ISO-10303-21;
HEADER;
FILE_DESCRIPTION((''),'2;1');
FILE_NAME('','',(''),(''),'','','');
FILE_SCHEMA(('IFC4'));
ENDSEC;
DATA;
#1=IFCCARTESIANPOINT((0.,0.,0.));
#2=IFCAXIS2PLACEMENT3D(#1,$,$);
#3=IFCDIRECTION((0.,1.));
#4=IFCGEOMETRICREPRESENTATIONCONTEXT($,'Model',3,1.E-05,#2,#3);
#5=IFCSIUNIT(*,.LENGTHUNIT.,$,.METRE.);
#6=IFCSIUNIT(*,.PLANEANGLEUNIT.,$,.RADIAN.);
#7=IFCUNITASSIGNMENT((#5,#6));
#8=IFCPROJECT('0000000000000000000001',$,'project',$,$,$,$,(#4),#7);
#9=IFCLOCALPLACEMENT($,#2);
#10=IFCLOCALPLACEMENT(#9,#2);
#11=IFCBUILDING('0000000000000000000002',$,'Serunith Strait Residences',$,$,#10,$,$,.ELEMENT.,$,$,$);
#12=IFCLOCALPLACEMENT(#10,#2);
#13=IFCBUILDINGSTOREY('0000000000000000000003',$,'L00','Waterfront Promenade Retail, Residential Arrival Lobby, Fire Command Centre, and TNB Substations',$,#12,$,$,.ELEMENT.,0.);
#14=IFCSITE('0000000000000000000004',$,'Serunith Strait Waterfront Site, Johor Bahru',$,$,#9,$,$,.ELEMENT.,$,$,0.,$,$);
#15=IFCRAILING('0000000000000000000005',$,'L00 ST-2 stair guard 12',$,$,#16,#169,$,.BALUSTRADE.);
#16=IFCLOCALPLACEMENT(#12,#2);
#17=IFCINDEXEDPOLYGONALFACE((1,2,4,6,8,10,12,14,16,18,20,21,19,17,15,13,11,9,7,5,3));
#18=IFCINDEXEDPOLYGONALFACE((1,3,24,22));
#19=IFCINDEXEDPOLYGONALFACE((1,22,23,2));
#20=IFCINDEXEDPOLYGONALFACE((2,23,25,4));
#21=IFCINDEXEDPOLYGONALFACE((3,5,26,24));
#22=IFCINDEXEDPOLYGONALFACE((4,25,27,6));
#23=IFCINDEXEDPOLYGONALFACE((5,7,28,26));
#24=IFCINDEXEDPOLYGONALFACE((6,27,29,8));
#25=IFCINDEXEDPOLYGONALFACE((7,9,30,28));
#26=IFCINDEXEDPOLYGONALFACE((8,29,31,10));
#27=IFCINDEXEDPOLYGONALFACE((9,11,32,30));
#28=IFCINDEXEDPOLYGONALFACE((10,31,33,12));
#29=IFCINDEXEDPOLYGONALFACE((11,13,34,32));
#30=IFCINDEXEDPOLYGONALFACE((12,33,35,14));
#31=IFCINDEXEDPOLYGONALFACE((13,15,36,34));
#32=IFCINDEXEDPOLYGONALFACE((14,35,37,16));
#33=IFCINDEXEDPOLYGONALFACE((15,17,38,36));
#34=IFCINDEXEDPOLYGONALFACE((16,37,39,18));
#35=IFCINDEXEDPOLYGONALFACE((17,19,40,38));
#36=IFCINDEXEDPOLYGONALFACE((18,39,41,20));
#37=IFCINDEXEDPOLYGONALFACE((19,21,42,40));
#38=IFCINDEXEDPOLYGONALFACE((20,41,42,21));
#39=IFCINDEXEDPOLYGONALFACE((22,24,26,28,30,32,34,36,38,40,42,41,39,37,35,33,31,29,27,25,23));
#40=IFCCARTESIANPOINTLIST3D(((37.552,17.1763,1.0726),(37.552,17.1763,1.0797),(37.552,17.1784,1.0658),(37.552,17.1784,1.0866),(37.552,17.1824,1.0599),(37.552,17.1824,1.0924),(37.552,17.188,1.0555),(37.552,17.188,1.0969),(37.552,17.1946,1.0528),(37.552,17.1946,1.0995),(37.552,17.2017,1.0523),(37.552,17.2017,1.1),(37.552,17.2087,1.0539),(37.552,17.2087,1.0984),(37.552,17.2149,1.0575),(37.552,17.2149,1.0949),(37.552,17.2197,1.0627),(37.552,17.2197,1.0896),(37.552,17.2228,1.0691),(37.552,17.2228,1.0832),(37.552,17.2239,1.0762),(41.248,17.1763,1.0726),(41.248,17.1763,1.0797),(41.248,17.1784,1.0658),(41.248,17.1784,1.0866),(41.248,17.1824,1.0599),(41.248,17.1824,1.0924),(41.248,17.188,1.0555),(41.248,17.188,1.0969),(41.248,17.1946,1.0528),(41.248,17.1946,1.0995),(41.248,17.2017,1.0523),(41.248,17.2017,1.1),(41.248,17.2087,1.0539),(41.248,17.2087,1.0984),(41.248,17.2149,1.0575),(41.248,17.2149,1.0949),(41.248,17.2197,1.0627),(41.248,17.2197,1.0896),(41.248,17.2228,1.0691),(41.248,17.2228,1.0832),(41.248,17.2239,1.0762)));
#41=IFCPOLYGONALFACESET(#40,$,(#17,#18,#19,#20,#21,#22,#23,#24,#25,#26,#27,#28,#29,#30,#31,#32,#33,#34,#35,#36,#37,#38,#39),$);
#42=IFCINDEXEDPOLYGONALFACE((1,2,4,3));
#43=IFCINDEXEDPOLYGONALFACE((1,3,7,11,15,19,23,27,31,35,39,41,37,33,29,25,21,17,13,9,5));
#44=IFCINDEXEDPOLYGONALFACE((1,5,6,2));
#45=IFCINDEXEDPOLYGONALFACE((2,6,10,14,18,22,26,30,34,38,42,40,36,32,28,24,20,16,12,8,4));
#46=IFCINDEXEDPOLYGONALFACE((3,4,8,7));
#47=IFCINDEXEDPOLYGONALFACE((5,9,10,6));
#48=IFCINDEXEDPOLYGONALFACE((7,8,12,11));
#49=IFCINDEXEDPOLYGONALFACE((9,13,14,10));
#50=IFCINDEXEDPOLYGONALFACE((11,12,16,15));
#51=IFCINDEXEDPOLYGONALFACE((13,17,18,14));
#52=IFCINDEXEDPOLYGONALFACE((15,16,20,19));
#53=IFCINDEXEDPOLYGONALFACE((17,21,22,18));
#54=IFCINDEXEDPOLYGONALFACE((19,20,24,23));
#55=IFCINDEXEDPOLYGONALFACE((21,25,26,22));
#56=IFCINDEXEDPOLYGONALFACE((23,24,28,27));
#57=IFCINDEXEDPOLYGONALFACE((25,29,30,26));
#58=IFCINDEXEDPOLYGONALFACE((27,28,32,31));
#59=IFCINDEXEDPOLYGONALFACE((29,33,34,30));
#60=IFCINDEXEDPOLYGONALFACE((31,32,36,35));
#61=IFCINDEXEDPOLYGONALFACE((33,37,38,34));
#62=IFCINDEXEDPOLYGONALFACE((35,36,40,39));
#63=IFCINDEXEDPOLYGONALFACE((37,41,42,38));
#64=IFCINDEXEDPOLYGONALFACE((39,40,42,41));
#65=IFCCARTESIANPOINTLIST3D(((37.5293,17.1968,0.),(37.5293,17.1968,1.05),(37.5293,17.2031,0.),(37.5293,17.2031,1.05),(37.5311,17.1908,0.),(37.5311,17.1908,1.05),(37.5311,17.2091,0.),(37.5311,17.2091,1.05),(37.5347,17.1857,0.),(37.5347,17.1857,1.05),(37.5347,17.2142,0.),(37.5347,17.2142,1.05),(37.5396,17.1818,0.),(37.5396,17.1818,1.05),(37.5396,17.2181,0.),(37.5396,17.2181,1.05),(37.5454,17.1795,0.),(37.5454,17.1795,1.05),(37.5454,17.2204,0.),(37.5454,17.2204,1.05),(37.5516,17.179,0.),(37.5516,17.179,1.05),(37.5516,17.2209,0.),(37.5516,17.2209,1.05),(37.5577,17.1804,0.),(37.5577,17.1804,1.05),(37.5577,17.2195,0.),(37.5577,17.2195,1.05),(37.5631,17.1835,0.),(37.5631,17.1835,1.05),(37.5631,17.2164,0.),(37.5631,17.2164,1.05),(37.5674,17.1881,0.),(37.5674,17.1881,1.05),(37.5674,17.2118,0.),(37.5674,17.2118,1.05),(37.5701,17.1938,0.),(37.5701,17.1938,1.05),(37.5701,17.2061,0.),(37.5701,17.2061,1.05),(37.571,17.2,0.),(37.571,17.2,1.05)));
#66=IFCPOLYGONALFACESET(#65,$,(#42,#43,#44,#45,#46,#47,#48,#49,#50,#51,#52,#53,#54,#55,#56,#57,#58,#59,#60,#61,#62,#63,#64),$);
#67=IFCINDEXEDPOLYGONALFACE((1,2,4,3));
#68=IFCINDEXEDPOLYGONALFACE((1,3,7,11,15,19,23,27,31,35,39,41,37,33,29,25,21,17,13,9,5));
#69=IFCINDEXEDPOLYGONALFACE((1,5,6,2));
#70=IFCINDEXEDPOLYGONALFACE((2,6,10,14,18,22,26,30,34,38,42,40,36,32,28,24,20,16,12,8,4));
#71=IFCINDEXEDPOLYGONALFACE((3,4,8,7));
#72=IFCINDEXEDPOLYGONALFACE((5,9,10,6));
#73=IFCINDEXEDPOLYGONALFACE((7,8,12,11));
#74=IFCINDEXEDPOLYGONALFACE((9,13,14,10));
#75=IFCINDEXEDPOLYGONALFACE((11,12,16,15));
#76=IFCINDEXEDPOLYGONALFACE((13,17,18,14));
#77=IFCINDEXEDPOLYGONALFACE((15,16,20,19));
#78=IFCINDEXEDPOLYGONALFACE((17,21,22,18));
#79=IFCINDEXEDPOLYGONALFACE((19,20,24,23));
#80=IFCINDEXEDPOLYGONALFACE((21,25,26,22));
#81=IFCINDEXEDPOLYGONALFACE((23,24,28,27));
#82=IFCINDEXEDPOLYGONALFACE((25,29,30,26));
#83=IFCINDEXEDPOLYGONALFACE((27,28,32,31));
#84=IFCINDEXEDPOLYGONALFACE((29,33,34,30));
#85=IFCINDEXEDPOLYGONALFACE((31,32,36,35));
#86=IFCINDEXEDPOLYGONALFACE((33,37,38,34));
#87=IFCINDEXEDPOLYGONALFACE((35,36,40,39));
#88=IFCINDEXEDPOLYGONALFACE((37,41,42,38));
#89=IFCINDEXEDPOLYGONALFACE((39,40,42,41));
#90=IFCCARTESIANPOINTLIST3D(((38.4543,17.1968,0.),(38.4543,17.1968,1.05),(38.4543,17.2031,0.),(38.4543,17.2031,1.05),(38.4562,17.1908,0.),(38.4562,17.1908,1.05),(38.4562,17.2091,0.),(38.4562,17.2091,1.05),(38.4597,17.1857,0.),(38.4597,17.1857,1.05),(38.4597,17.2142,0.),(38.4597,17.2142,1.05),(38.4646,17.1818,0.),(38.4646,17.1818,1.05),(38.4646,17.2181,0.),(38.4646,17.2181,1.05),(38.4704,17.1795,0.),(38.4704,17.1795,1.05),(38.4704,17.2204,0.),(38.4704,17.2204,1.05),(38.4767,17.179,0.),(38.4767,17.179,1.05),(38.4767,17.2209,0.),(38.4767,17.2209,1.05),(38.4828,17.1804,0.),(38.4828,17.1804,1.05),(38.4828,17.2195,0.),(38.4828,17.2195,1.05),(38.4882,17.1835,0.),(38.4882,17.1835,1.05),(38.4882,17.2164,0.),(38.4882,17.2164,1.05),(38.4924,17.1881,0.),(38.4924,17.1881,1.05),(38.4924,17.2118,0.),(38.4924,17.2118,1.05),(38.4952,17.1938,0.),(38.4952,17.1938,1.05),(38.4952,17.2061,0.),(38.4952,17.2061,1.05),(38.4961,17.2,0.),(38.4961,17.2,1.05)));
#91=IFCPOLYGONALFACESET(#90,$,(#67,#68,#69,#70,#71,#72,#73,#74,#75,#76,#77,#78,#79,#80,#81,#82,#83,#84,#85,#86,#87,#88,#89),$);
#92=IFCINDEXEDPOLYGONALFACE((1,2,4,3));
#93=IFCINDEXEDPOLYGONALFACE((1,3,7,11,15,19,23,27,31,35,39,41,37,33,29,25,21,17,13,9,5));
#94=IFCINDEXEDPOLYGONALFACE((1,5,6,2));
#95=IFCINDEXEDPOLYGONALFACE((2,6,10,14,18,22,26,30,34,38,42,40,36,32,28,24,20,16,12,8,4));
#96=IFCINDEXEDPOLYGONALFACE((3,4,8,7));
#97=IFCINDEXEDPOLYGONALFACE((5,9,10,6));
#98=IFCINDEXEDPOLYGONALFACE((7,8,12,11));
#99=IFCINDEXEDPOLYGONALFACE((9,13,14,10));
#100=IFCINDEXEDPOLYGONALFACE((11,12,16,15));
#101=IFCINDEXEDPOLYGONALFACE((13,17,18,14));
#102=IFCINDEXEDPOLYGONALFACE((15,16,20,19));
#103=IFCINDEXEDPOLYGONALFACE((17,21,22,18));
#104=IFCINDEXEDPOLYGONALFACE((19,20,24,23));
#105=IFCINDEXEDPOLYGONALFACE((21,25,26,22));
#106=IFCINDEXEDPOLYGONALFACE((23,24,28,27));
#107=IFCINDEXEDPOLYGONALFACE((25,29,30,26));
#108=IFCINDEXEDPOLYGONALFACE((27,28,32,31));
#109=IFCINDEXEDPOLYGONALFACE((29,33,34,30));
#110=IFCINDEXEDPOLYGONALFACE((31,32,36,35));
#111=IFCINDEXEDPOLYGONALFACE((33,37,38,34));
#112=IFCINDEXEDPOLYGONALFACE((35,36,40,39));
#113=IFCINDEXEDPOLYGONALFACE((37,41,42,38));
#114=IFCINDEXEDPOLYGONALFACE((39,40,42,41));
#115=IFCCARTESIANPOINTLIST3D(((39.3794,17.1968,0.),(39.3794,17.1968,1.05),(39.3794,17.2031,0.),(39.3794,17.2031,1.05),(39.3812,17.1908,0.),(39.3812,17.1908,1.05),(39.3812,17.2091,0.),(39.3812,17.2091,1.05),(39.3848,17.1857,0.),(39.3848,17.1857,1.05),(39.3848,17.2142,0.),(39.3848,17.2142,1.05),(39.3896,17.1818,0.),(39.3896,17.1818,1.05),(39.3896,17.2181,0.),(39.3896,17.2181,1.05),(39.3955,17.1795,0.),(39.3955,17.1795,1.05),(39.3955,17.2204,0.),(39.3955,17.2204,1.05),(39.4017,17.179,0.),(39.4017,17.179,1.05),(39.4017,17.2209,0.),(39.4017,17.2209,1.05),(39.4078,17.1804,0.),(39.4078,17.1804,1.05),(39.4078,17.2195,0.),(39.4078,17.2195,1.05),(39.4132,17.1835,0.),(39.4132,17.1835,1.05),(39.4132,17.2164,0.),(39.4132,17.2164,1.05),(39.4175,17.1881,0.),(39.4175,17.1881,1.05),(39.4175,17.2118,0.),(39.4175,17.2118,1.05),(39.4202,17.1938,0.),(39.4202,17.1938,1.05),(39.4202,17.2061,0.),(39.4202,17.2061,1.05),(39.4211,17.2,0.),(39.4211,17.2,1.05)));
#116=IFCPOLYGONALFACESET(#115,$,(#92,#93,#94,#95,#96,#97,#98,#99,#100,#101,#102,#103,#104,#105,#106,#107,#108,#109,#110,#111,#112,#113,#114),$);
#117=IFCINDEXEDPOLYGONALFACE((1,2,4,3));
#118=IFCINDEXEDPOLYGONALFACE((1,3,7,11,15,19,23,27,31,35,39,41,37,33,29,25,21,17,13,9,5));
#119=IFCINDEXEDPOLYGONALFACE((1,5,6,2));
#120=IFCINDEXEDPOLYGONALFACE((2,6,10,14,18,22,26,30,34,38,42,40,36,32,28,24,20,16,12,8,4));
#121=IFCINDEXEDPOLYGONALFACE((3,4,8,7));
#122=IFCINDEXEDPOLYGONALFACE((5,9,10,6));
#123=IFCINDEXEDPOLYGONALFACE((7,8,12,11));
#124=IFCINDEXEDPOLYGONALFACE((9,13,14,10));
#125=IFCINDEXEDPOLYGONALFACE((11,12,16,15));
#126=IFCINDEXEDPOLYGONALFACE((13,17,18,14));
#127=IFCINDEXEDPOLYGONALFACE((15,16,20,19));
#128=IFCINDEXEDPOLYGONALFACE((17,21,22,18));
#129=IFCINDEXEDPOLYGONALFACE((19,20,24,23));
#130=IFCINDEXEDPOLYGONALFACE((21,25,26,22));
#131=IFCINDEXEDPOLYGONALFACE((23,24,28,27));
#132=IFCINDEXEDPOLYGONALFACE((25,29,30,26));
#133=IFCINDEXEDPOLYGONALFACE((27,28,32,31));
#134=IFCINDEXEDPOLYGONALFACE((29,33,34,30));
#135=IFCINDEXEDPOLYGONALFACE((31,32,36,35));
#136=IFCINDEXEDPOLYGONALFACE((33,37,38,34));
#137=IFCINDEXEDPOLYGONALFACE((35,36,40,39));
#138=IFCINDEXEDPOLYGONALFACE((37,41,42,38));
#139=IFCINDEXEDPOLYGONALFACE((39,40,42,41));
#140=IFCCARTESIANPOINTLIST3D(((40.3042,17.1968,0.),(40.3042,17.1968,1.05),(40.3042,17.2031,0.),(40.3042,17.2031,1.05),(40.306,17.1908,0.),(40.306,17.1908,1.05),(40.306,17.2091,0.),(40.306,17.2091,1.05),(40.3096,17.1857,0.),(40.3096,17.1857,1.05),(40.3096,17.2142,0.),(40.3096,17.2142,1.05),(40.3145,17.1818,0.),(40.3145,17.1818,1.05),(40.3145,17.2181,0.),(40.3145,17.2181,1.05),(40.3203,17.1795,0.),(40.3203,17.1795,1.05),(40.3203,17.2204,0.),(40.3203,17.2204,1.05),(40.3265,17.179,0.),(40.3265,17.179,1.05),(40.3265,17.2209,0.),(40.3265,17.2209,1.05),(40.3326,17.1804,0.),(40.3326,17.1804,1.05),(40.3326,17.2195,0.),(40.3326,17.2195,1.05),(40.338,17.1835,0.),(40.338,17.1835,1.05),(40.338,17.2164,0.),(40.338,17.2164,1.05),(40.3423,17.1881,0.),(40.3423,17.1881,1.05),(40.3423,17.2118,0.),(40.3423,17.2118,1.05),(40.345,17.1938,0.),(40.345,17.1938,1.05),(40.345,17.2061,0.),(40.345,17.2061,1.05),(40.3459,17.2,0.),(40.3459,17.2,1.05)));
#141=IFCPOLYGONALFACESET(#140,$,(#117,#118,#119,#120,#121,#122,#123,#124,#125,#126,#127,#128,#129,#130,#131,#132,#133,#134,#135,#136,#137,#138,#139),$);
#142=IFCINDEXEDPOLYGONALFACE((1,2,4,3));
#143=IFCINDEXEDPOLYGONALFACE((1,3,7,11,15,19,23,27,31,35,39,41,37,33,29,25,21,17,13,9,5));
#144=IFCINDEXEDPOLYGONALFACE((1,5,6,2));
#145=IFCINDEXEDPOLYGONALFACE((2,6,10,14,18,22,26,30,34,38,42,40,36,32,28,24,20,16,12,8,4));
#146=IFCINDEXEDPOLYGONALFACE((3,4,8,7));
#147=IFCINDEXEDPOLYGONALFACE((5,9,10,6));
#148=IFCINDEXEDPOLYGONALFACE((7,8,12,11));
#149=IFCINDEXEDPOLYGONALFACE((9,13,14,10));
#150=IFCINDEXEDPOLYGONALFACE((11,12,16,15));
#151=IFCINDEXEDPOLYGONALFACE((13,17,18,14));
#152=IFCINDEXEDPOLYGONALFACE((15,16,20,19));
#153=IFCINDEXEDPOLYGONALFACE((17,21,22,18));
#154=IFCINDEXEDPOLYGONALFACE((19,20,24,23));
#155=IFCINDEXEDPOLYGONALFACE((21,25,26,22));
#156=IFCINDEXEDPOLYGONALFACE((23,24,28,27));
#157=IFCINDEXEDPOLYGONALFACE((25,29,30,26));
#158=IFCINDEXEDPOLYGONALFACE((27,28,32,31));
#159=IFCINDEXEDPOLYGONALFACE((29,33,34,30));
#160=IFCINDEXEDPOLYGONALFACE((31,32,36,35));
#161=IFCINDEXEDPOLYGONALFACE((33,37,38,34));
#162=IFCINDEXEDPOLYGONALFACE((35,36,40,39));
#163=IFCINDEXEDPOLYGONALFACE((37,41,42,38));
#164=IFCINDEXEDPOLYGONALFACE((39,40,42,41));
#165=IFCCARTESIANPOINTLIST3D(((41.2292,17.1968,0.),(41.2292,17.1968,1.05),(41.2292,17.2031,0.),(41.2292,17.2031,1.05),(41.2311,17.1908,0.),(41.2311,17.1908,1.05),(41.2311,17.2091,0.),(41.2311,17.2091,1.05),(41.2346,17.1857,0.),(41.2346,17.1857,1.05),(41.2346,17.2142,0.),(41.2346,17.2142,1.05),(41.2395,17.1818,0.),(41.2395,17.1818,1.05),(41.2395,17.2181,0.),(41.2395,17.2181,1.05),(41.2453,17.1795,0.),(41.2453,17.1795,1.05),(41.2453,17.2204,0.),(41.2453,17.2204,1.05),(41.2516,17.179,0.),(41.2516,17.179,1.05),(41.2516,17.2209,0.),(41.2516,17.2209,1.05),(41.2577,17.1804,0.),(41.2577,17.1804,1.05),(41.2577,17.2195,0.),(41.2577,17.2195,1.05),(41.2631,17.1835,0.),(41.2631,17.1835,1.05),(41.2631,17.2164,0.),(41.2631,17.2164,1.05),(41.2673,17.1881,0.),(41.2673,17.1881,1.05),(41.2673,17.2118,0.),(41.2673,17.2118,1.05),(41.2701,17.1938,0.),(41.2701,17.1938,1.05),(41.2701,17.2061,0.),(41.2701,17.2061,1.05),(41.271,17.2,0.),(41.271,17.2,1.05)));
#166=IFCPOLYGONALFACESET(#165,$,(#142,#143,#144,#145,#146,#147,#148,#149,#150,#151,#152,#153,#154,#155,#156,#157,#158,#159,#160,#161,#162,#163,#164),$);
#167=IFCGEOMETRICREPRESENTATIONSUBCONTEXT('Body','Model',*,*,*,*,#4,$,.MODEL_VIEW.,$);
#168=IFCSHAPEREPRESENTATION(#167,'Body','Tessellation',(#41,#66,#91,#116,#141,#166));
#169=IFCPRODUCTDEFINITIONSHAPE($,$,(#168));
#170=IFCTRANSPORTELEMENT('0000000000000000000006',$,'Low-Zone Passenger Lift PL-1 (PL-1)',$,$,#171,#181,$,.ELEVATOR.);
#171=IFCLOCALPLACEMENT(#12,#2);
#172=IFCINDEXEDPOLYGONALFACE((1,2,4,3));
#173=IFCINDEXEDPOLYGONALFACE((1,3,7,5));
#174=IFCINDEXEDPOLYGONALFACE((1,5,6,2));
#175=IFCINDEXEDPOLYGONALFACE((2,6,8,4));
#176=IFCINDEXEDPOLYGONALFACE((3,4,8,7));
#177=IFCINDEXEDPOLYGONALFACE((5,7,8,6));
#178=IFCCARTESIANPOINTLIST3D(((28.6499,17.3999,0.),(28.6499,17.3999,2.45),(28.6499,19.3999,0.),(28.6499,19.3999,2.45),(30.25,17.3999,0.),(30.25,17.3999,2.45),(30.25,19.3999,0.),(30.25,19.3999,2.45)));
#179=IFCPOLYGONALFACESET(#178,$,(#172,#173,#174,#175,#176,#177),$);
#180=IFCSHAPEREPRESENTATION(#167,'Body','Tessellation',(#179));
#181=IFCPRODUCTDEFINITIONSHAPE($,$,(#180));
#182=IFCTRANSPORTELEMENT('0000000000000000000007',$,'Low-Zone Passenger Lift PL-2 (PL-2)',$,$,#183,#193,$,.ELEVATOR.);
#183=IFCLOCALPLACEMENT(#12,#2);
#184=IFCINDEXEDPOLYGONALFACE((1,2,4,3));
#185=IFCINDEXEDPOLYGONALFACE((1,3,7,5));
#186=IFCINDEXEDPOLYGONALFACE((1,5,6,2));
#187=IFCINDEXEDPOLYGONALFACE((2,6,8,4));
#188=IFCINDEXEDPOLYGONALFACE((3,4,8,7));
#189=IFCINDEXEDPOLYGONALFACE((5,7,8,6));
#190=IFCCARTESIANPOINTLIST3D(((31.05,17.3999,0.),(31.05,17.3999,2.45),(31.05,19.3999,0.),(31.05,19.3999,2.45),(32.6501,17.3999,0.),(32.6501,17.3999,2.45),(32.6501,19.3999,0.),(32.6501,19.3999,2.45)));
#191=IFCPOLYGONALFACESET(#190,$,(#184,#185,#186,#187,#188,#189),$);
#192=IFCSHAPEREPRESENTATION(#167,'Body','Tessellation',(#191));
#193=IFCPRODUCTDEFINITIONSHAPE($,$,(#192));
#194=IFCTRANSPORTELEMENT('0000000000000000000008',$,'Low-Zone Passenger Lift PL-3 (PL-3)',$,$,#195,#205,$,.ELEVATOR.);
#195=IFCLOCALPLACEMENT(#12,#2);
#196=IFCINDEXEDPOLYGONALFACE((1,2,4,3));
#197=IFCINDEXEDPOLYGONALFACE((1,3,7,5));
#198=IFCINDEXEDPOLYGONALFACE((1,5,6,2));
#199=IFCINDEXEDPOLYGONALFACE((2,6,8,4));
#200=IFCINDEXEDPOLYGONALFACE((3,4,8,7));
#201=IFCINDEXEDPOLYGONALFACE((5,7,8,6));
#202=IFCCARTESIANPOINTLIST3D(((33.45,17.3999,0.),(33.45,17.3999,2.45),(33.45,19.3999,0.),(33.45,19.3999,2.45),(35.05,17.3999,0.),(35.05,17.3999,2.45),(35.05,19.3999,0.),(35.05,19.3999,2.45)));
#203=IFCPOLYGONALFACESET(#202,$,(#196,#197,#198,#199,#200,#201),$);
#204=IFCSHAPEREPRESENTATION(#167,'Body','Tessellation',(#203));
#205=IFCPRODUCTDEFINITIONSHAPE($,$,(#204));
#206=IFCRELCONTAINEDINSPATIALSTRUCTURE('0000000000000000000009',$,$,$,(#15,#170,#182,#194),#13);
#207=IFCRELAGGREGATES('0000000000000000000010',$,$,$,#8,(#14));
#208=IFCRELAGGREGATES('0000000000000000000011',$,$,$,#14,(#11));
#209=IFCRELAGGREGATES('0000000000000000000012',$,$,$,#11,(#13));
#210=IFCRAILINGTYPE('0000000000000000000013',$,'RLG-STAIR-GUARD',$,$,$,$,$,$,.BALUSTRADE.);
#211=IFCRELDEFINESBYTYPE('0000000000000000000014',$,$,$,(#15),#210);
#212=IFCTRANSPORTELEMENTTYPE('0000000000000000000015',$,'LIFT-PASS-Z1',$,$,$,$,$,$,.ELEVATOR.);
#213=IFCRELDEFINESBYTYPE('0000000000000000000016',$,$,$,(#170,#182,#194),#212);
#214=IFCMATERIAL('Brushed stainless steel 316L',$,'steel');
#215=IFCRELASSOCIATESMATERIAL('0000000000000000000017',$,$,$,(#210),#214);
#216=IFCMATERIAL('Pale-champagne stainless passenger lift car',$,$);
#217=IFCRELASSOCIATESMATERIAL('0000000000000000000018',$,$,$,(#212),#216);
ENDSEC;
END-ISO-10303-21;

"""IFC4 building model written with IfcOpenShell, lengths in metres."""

from ifc_helpers import new_model, si_unit, direction, frame, origin, origin_2d, place, context, subcontext, project, spatial, rectangle, circle, extrude, source, transform, mapped, material, type_object, element, save


model = new_model("IFC4")

# Units and contexts
model_context = context("Model", 3, precision=1e-05, world=origin(), true_north=direction((0.0, 1.0)))
body_context = subcontext(model_context, "Body", "Model", "MODEL_VIEW")
ifc_project = project(units=[si_unit("LENGTHUNIT", "METRE"), si_unit("PLANEANGLEUNIT", "RADIAN")], contexts=[model_context])

# Site, building, storey
site_placement = place(None, origin())
site = spatial("IfcSite", under=ifc_project, at=site_placement, Name="Serunith Strait Waterfront Site, Johor Bahru", CompositionType="ELEMENT", RefElevation=0.0)
building_placement = place(site_placement, origin())
building = spatial("IfcBuilding", under=site, at=building_placement, Name="Serunith Strait Residences", CompositionType="ELEMENT")
storey_placement = place(building_placement, origin())
storey = spatial("IfcBuildingStorey", under=building, at=storey_placement, Name="L00", Description="Waterfront Promenade Retail, Residential Arrival Lobby, Fire Command Centre, and TNB Substations", CompositionType="ELEMENT", Elevation=0.0)

# Railing
ifc_material_1 = material(Name="Brushed stainless steel 316L", Category="steel")
railing_type = type_object("IfcRailingType", Name="RLG-STAIR-GUARD", PredefinedType="BALUSTRADE", material=ifc_material_1)
railing_1_placement = place(storey_placement, frame((37.55, 17.2, 0.0)))
element("IfcRailing", 1, at=railing_1_placement, inside=storey, type_object=railing_type, Name="L00 ST-2 stair guard 12", PredefinedType="BALUSTRADE", context=body_context, shape_type="SweptSolid", body=[
    extrude(circle(Radius=0.0239, at=origin_2d()), frame((0.002, 0.0, 1.0762), z_axis=(1.0, 0.0, 0.0), x_axis=(0.0, 1.0, 0.0)), (0.0, 0.0, 1.0), 3.696),
    extrude(circle(Radius=0.021, at=origin_2d()), origin(), (0.0, 0.0, 1.0), 1.05),
    extrude(circle(Radius=0.021, at=origin_2d()), frame((0.925, 0.0, 0.0)), (0.0, 0.0, 1.0), 1.05),
    extrude(circle(Radius=0.021, at=origin_2d()), frame((1.8501, 0.0, 0.0)), (0.0, 0.0, 1.0), 1.05),
    extrude(circle(Radius=0.021, at=origin_2d()), frame((2.7749, 0.0, 0.0)), (0.0, 0.0, 1.0), 1.05),
    extrude(circle(Radius=0.021, at=origin_2d()), frame((3.7, 0.0, 0.0)), (0.0, 0.0, 1.0), 1.05),
])

# Transport elements
ifc_material_2 = material(Name="Pale-champagne stainless passenger lift car")
transport_element_type = type_object("IfcTransportElementType", Name="LIFT-PASS-Z1", PredefinedType="ELEVATOR", material=ifc_material_2)
shared_shape_1 = source(origin(), body_context, "Body", "SweptSolid", [
    extrude(rectangle(XDim=1.6001, YDim=2.0, at=origin_2d()), origin(), (0.0, 0.0, 1.0), 2.45),
])
for number, where, z_axis, x_axis, name in (
    (2, (29.45, 18.3999, 0.0), (0.0, 0.0, 1.0), (1.0, 0.0, 0.0), "Low-Zone Passenger Lift PL-1 (PL-1)"),
    (3, (31.8501, 18.3999, 0.0), (0.0, 0.0, 1.0), (1.0, 0.0, 0.0), "Low-Zone Passenger Lift PL-2 (PL-2)"),
    (4, (34.25, 18.3999, 0.0), (0.0, 0.0, 1.0), (1.0, 0.0, 0.0), "Low-Zone Passenger Lift PL-3 (PL-3)"),
):
    element("IfcTransportElement", number, at=place(storey_placement, frame(where, z_axis=z_axis, x_axis=x_axis)), inside=storey, type_object=transport_element_type, Name=name, PredefinedType="ELEVATOR", context=body_context, shape_type="MappedRepresentation", body=[
        mapped(shared_shape_1, transform((0.0, 0.0, 0.0), scale=1.0)),
    ])

save(model, "model.ifc")
